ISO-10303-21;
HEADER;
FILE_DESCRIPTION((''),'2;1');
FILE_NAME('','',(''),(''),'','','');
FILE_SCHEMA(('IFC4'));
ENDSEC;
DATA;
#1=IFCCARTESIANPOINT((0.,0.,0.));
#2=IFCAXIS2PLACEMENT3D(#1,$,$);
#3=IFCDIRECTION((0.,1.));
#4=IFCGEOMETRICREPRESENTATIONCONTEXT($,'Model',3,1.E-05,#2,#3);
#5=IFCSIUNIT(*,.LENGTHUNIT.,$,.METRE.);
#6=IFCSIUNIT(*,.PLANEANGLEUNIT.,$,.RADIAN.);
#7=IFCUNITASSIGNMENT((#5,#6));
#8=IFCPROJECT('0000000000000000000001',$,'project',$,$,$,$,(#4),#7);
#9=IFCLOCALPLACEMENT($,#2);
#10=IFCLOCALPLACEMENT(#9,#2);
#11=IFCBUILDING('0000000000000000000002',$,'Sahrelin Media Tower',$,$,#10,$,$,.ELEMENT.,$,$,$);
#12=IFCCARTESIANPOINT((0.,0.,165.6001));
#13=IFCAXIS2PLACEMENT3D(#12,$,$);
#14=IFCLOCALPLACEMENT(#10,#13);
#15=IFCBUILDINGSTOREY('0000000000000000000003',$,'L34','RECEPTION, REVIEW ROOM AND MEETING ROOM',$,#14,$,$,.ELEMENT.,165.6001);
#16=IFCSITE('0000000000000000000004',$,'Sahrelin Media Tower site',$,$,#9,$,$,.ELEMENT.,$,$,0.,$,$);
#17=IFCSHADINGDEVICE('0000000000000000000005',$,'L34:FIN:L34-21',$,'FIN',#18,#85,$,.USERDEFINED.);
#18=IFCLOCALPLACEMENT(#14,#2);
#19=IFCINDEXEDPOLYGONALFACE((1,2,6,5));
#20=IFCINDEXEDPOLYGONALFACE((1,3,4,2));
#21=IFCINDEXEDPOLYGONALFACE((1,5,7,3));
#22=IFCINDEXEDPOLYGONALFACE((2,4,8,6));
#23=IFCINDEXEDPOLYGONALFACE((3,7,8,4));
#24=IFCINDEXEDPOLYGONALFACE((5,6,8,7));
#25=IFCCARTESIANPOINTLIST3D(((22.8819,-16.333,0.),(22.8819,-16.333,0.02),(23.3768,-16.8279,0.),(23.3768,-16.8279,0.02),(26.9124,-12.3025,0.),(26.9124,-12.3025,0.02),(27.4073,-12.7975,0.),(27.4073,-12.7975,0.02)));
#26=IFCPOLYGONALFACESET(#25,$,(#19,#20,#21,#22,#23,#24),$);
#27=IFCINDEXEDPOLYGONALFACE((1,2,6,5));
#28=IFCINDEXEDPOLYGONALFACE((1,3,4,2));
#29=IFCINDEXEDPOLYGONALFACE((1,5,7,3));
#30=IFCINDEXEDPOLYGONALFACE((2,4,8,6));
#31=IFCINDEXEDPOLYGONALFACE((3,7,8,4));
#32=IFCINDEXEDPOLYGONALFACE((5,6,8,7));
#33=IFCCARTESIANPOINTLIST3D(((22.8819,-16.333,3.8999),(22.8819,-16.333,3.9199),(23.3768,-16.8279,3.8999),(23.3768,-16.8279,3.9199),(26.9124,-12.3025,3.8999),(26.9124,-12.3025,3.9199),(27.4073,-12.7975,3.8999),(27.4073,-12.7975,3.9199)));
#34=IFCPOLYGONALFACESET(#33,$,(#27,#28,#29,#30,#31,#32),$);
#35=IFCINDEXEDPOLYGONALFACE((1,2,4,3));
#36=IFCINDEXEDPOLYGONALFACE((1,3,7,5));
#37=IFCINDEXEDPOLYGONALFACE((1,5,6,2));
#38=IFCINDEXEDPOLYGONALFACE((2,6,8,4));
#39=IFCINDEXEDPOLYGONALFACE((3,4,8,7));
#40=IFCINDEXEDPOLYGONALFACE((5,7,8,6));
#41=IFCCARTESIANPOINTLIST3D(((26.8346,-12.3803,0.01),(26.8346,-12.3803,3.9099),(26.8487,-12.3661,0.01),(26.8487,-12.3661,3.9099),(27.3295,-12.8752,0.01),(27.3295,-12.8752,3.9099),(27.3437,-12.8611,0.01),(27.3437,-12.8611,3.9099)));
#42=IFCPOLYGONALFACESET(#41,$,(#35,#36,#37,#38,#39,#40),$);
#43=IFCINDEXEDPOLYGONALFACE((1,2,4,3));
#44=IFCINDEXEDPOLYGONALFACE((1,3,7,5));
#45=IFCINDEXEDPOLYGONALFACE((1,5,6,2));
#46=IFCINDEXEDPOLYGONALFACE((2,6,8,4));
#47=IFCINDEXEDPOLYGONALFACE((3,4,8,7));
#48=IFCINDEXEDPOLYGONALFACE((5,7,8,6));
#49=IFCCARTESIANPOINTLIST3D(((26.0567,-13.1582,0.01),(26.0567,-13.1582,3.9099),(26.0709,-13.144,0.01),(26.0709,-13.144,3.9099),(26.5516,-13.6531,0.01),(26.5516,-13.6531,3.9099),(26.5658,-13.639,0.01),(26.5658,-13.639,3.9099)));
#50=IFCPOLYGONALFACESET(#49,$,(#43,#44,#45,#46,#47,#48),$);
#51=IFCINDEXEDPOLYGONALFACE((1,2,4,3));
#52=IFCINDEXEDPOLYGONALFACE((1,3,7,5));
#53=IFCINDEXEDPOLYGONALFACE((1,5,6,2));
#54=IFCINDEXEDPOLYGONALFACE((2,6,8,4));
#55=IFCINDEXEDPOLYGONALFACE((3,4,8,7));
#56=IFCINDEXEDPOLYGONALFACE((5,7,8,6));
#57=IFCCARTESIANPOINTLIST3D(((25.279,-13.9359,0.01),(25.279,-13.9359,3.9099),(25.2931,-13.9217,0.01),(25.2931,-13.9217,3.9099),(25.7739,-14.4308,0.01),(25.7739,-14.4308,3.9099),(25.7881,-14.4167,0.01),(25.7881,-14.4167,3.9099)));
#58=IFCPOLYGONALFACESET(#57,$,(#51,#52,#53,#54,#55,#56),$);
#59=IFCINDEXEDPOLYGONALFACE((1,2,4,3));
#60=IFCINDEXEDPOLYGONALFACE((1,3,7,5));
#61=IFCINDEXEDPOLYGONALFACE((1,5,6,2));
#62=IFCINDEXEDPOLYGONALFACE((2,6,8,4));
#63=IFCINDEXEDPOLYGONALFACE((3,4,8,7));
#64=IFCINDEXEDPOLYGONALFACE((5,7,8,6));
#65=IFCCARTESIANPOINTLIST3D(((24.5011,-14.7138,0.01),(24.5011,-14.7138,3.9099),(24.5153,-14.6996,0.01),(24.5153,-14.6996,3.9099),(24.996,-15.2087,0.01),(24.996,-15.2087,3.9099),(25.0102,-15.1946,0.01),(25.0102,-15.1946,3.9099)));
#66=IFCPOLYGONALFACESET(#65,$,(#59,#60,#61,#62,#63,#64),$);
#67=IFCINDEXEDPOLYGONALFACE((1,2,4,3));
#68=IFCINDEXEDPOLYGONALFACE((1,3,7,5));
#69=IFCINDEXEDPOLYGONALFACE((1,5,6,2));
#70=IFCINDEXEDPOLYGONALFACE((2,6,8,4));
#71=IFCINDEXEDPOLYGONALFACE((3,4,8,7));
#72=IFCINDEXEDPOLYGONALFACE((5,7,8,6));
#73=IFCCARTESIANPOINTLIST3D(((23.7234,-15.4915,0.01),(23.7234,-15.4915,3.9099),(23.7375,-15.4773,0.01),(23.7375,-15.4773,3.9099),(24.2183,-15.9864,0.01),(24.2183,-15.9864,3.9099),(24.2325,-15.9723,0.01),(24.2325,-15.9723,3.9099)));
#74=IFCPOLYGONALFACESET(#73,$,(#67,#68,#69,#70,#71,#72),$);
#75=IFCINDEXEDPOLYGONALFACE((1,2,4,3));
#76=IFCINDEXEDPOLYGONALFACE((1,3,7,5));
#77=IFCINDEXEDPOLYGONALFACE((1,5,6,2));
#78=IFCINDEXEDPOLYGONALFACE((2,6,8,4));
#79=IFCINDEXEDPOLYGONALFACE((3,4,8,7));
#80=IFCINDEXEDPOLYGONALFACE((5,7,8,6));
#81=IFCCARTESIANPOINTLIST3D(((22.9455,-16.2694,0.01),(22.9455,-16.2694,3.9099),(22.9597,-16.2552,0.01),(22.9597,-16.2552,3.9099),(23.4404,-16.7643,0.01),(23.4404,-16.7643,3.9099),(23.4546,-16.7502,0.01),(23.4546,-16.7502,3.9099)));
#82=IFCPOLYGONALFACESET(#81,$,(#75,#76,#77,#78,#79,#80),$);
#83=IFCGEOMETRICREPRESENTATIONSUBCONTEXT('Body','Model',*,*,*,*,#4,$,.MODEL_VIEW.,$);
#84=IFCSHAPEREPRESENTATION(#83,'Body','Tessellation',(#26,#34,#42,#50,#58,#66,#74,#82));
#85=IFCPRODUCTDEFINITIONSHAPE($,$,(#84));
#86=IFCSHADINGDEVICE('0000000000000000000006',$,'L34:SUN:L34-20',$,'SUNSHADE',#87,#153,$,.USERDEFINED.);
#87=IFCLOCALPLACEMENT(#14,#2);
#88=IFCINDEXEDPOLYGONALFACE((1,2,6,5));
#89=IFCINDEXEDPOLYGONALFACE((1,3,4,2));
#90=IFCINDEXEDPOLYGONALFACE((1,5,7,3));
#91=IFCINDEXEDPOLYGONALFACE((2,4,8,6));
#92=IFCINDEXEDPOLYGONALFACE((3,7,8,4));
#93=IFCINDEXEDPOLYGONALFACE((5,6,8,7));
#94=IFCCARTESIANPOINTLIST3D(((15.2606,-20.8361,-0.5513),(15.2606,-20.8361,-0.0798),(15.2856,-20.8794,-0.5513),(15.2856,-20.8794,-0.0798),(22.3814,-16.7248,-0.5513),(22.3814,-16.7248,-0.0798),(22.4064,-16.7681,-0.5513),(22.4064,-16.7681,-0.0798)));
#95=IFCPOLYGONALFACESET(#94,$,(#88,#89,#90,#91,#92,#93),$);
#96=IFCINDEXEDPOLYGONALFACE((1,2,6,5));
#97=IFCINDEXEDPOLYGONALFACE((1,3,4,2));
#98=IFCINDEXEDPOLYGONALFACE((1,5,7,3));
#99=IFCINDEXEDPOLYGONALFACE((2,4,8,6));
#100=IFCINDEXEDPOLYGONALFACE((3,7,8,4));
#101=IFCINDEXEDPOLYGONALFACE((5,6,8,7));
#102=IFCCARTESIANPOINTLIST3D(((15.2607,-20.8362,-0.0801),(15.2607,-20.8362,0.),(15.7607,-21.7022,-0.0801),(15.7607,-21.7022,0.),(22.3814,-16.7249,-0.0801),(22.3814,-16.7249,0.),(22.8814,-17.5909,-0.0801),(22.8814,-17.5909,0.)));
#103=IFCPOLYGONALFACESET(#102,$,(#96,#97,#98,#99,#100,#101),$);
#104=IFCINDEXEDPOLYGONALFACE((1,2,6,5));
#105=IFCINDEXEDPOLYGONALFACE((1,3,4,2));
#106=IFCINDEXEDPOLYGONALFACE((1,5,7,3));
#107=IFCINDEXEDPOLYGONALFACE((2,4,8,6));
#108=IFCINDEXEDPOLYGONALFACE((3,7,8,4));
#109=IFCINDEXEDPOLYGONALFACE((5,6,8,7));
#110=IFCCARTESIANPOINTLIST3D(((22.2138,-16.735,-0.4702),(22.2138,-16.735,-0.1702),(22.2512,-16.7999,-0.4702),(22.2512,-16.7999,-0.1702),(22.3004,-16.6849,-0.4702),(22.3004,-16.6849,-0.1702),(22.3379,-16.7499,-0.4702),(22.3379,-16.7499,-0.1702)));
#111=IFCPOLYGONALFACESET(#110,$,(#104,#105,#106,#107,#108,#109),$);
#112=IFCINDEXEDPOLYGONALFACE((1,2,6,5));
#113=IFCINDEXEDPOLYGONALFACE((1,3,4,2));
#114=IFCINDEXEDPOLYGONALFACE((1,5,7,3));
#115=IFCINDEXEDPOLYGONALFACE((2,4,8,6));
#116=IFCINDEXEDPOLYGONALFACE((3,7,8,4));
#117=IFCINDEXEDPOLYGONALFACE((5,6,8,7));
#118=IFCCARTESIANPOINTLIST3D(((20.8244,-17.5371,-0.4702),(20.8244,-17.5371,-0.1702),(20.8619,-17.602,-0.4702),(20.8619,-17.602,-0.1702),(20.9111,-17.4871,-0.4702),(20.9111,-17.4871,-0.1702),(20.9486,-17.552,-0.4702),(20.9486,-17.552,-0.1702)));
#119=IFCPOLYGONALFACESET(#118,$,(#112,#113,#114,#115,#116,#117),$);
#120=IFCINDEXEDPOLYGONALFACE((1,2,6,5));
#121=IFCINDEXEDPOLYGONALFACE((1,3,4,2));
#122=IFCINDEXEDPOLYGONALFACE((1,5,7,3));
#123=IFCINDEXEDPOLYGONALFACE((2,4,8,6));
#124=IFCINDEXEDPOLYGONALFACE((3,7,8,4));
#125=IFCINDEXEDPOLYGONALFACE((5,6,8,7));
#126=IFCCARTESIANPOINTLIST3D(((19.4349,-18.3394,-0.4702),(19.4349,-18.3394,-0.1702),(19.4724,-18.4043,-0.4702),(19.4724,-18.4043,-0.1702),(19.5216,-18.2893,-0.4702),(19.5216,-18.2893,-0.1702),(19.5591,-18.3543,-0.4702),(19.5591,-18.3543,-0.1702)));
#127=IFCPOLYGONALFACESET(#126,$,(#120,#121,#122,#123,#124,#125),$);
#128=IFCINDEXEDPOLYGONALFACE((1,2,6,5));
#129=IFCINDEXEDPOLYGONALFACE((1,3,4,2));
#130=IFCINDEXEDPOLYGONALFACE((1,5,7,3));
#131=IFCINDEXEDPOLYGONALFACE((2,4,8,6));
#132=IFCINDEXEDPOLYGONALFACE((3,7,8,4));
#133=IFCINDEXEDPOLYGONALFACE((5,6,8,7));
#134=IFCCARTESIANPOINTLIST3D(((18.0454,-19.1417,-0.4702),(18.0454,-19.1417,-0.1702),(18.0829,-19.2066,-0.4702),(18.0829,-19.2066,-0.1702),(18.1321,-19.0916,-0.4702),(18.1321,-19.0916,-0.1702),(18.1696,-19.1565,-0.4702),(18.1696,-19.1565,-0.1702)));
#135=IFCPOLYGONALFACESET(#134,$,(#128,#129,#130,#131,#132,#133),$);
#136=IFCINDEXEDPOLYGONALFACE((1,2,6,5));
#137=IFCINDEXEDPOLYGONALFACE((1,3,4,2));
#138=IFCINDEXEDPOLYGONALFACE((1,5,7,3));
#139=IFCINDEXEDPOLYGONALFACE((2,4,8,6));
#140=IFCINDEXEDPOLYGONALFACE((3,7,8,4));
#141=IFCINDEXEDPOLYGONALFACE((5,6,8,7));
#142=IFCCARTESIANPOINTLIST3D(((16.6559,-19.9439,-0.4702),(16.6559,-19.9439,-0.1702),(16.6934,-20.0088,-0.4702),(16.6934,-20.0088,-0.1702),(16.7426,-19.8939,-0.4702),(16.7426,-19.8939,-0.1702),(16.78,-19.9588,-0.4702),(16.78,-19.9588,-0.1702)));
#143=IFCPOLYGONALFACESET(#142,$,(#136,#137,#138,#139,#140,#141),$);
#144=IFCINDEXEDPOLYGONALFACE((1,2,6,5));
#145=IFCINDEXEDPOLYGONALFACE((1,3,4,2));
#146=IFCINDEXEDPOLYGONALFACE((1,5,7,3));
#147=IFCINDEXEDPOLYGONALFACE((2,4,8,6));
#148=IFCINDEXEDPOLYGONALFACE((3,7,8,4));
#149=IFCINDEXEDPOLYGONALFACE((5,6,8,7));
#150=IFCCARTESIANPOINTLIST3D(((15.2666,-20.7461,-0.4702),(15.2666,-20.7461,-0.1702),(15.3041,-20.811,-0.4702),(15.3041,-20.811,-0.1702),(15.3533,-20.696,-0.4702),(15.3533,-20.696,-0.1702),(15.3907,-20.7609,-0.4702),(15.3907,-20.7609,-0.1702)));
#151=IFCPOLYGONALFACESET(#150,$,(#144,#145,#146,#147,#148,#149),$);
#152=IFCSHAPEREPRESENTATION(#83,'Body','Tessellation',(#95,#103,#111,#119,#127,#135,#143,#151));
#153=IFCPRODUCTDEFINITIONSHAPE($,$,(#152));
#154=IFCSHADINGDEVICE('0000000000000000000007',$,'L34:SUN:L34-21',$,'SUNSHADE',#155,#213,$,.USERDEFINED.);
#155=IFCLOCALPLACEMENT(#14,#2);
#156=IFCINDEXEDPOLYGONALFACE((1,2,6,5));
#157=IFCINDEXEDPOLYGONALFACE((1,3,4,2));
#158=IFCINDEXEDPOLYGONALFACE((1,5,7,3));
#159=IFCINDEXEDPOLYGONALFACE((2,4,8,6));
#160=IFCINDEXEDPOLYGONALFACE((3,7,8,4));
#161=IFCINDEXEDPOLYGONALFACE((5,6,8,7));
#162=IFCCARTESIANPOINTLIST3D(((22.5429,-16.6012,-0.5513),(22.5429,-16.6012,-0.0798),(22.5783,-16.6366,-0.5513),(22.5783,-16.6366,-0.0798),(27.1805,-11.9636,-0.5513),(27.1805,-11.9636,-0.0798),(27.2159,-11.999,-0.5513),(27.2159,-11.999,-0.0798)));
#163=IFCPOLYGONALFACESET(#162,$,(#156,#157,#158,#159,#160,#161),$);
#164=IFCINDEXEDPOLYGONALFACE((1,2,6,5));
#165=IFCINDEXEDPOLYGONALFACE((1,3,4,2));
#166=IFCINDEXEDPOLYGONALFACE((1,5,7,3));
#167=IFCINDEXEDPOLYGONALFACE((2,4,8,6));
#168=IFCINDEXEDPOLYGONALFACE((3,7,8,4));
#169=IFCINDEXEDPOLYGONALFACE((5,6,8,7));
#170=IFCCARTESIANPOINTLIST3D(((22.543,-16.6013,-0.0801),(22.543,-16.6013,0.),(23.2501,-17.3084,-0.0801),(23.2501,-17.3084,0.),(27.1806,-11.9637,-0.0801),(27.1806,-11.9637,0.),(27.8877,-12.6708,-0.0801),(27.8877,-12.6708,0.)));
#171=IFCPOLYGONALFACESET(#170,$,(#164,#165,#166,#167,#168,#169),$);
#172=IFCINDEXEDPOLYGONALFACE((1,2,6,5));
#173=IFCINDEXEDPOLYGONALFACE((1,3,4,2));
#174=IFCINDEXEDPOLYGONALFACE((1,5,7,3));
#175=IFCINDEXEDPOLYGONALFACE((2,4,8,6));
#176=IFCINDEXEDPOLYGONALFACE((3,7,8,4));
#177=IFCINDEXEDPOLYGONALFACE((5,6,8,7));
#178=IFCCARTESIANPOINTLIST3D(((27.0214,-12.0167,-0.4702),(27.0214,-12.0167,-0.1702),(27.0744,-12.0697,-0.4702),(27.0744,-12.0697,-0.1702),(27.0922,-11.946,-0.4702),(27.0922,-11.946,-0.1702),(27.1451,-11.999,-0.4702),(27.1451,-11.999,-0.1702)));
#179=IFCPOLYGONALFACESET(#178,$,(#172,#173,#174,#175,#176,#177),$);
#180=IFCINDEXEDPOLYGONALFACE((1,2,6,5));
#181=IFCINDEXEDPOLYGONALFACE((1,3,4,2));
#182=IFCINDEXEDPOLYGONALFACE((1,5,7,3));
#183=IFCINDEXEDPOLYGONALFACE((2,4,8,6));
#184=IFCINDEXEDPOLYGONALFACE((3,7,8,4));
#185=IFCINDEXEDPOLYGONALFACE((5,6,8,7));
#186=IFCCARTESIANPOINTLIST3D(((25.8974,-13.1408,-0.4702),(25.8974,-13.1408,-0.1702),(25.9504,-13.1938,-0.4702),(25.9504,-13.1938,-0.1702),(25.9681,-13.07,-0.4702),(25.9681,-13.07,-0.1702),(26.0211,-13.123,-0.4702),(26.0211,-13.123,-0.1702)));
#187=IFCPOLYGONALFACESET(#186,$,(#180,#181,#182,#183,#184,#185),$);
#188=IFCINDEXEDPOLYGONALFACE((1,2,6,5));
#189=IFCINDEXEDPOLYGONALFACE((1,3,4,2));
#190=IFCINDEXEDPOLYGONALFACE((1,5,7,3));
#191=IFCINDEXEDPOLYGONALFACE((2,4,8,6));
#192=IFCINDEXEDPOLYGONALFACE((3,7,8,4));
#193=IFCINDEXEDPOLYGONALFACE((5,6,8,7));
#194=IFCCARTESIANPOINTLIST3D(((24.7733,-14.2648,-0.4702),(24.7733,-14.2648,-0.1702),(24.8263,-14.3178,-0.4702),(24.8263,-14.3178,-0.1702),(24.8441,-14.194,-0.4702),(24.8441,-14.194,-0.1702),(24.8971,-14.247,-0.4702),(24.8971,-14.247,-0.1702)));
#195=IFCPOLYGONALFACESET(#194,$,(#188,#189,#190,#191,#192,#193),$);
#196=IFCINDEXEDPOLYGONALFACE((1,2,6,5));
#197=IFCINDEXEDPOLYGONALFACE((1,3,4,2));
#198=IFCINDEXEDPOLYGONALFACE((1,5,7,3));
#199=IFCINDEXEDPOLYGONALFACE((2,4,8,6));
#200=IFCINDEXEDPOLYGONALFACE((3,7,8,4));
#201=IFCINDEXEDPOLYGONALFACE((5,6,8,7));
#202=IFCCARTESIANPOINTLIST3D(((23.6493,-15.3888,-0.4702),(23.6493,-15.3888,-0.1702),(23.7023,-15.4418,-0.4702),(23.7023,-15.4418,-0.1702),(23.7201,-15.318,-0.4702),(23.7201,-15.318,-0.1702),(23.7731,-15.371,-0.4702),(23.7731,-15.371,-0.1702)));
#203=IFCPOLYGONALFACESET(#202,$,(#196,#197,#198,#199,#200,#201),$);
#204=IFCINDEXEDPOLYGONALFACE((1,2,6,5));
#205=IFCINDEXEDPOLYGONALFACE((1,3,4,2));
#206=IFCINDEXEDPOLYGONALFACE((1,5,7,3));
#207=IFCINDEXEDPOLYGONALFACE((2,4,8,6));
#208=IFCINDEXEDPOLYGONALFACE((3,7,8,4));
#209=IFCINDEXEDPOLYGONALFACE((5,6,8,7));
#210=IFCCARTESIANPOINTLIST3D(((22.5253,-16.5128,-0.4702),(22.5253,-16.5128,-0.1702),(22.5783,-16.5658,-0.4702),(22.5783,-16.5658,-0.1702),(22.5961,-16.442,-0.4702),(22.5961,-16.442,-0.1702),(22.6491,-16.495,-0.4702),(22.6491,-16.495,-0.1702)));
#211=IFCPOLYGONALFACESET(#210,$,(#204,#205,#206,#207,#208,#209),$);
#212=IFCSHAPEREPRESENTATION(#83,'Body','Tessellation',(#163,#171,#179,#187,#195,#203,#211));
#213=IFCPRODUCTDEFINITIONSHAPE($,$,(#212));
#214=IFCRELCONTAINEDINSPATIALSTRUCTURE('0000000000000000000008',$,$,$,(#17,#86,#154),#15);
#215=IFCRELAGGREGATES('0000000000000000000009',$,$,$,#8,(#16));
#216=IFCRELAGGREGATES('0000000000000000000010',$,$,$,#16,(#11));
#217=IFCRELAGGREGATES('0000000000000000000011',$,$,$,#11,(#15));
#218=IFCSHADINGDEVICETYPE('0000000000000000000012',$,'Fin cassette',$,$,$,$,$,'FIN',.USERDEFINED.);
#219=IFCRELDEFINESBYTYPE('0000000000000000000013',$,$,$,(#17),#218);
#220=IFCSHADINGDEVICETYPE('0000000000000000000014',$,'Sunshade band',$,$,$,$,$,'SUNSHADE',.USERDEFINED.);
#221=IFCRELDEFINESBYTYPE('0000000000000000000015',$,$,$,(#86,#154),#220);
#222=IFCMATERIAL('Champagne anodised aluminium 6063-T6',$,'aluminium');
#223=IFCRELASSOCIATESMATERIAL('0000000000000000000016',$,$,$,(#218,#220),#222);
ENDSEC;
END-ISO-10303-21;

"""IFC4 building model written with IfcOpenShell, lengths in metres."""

from ifc_helpers import new_model, si_unit, direction, frame, origin, origin_2d, place, context, subcontext, project, spatial, rectangle, extrude, material, type_object, element, save


model = new_model("IFC4")

# Units and contexts
model_context = context("Model", 3, precision=1e-05, world=origin(), true_north=direction((0.0, 1.0)))
body_context = subcontext(model_context, "Body", "Model", "MODEL_VIEW")
ifc_project = project(units=[si_unit("LENGTHUNIT", "METRE"), si_unit("PLANEANGLEUNIT", "RADIAN")], contexts=[model_context])

# Site, building, storey
site_placement = place(None, origin())
site = spatial("IfcSite", under=ifc_project, at=site_placement, Name="Sahrelin Media Tower site", CompositionType="ELEMENT", RefElevation=0.0)
building_placement = place(site_placement, origin())
building = spatial("IfcBuilding", under=site, at=building_placement, Name="Sahrelin Media Tower", CompositionType="ELEMENT")
storey_placement = place(building_placement, frame((0.0, 0.0, 165.6001)))
storey = spatial("IfcBuildingStorey", under=building, at=storey_placement, Name="L34", Description="RECEPTION, REVIEW ROOM AND MEETING ROOM", CompositionType="ELEMENT", Elevation=165.6001)

# Shared definitions
ifc_material_1 = material(Name="Champagne anodised aluminium 6063-T6", Category="aluminium")

# Shading devices
shading_device_type_1 = type_object("IfcShadingDeviceType", Name="Fin cassette", ElementType="FIN", PredefinedType="USERDEFINED", material=ifc_material_1)
placement_1 = place(storey_placement, frame((18.811, -18.7632, 0.0), z_axis=(0.0, 0.0, 1.0), x_axis=(-0.866019, -0.500011, 0.0)))
placement_2 = place(storey_placement, frame((24.8477, -14.2683, 0.0), z_axis=(0.0, 0.0, 1.0), x_axis=(-0.707107, -0.707107, 0.0)))
element("IfcShadingDevice", 1, at=placement_2, inside=storey, type_object=shading_device_type_1, Name="L34:FIN:L34-21", ObjectType="FIN", PredefinedType="USERDEFINED", context=body_context, shape_type="SweptSolid", body=[
    extrude(rectangle(XDim=5.7, YDim=0.7, at=origin_2d()), frame((0.0, 0.4199, 0.0)), (0.0, 0.0, 1.0), 0.02),
    extrude(rectangle(XDim=5.7, YDim=0.7, at=origin_2d()), frame((0.0, 0.4199, 3.8999)), (0.0, 0.0, 1.0), 0.02),
    extrude(rectangle(XDim=0.02, YDim=0.7, at=origin_2d()), frame((-2.75, 0.4199, 0.01), z_axis=(0.0, 0.0, 1.0), x_axis=(1.0, 0.0, 0.0)), (0.0, 0.0, 1.0), 3.8999),
    extrude(rectangle(XDim=0.02, YDim=0.7, at=origin_2d()), frame((-1.6499, 0.4199, 0.01), z_axis=(0.0, 0.0, 1.0), x_axis=(1.0, 0.0, 0.0)), (0.0, 0.0, 1.0), 3.8999),
    extrude(rectangle(XDim=0.02, YDim=0.7, at=origin_2d()), frame((-0.55, 0.4199, 0.01), z_axis=(0.0, 0.0, 1.0), x_axis=(1.0, 0.0, 0.0)), (0.0, 0.0, 1.0), 3.8999),
    extrude(rectangle(XDim=0.02, YDim=0.7, at=origin_2d()), frame((0.55, 0.4199, 0.01), z_axis=(0.0, 0.0, 1.0), x_axis=(1.0, 0.0, 0.0)), (0.0, 0.0, 1.0), 3.8999),
    extrude(rectangle(XDim=0.02, YDim=0.7, at=origin_2d()), frame((1.6499, 0.4199, 0.01), z_axis=(0.0, 0.0, 1.0), x_axis=(1.0, 0.0, 0.0)), (0.0, 0.0, 1.0), 3.8999),
    extrude(rectangle(XDim=0.02, YDim=0.7, at=origin_2d()), frame((2.75, 0.4199, 0.01), z_axis=(0.0, 0.0, 1.0), x_axis=(1.0, 0.0, 0.0)), (0.0, 0.0, 1.0), 3.8999),
])
shading_device_type_2 = type_object("IfcShadingDeviceType", Name="Sunshade band", ElementType="SUNSHADE", PredefinedType="USERDEFINED", material=ifc_material_1)
element("IfcShadingDevice", 2, at=placement_1, inside=storey, type_object=shading_device_type_2, Name="L34:SUN:L34-20", ObjectType="SUNSHADE", PredefinedType="USERDEFINED", context=body_context, shape_type="SweptSolid", body=[
    extrude(rectangle(XDim=8.2224, YDim=0.05, at=origin_2d()), frame((0.0, 0.0449, -0.5513)), (0.0, 0.0, 1.0), 0.4714),
    extrude(rectangle(XDim=8.2224, YDim=1.0, at=origin_2d()), frame((0.0, 0.52, -0.0801)), (0.0, 0.0, 1.0), 0.0801),
    extrude(rectangle(XDim=0.1001, YDim=0.075, at=origin_2d()), frame((-4.011, -0.0176, -0.4702)), (0.0, 0.0, 1.0), 0.3),
    extrude(rectangle(XDim=0.1001, YDim=0.075, at=origin_2d()), frame((-2.4067, -0.0176, -0.4702)), (0.0, 0.0, 1.0), 0.3),
    extrude(rectangle(XDim=0.1001, YDim=0.075, at=origin_2d()), frame((-0.8022, -0.0176, -0.4702)), (0.0, 0.0, 1.0), 0.3),
    extrude(rectangle(XDim=0.1001, YDim=0.075, at=origin_2d()), frame((0.8022, -0.0176, -0.4702)), (0.0, 0.0, 1.0), 0.3),
    extrude(rectangle(XDim=0.1001, YDim=0.075, at=origin_2d()), frame((2.4067, -0.0176, -0.4702)), (0.0, 0.0, 1.0), 0.3),
    extrude(rectangle(XDim=0.1001, YDim=0.075, at=origin_2d()), frame((4.011, -0.0176, -0.4702)), (0.0, 0.0, 1.0), 0.3),
])
element("IfcShadingDevice", 3, at=placement_2, inside=storey, type_object=shading_device_type_2, Name="L34:SUN:L34-21", ObjectType="SUNSHADE", PredefinedType="USERDEFINED", context=body_context, shape_type="SweptSolid", body=[
    extrude(rectangle(XDim=6.5586, YDim=0.05, at=origin_2d()), frame((0.0, 0.0449, -0.5513)), (0.0, 0.0, 1.0), 0.4714),
    extrude(rectangle(XDim=6.5586, YDim=1.0, at=origin_2d()), frame((0.0, 0.52, -0.0801)), (0.0, 0.0, 1.0), 0.0801),
    extrude(rectangle(XDim=0.1001, YDim=0.075, at=origin_2d()), frame((-3.1792, -0.0176, -0.4702)), (0.0, 0.0, 1.0), 0.3),
    extrude(rectangle(XDim=0.1001, YDim=0.075, at=origin_2d()), frame((-1.5896, -0.0176, -0.4702)), (0.0, 0.0, 1.0), 0.3),
    extrude(rectangle(XDim=0.1001, YDim=0.075, at=origin_2d()), frame((0.0, -0.0176, -0.4702)), (0.0, 0.0, 1.0), 0.3),
    extrude(rectangle(XDim=0.1001, YDim=0.075, at=origin_2d()), frame((1.5896, -0.0176, -0.4702)), (0.0, 0.0, 1.0), 0.3),
    extrude(rectangle(XDim=0.1001, YDim=0.075, at=origin_2d()), frame((3.1792, -0.0176, -0.4702)), (0.0, 0.0, 1.0), 0.3),
])

save(model, "model.ifc")
